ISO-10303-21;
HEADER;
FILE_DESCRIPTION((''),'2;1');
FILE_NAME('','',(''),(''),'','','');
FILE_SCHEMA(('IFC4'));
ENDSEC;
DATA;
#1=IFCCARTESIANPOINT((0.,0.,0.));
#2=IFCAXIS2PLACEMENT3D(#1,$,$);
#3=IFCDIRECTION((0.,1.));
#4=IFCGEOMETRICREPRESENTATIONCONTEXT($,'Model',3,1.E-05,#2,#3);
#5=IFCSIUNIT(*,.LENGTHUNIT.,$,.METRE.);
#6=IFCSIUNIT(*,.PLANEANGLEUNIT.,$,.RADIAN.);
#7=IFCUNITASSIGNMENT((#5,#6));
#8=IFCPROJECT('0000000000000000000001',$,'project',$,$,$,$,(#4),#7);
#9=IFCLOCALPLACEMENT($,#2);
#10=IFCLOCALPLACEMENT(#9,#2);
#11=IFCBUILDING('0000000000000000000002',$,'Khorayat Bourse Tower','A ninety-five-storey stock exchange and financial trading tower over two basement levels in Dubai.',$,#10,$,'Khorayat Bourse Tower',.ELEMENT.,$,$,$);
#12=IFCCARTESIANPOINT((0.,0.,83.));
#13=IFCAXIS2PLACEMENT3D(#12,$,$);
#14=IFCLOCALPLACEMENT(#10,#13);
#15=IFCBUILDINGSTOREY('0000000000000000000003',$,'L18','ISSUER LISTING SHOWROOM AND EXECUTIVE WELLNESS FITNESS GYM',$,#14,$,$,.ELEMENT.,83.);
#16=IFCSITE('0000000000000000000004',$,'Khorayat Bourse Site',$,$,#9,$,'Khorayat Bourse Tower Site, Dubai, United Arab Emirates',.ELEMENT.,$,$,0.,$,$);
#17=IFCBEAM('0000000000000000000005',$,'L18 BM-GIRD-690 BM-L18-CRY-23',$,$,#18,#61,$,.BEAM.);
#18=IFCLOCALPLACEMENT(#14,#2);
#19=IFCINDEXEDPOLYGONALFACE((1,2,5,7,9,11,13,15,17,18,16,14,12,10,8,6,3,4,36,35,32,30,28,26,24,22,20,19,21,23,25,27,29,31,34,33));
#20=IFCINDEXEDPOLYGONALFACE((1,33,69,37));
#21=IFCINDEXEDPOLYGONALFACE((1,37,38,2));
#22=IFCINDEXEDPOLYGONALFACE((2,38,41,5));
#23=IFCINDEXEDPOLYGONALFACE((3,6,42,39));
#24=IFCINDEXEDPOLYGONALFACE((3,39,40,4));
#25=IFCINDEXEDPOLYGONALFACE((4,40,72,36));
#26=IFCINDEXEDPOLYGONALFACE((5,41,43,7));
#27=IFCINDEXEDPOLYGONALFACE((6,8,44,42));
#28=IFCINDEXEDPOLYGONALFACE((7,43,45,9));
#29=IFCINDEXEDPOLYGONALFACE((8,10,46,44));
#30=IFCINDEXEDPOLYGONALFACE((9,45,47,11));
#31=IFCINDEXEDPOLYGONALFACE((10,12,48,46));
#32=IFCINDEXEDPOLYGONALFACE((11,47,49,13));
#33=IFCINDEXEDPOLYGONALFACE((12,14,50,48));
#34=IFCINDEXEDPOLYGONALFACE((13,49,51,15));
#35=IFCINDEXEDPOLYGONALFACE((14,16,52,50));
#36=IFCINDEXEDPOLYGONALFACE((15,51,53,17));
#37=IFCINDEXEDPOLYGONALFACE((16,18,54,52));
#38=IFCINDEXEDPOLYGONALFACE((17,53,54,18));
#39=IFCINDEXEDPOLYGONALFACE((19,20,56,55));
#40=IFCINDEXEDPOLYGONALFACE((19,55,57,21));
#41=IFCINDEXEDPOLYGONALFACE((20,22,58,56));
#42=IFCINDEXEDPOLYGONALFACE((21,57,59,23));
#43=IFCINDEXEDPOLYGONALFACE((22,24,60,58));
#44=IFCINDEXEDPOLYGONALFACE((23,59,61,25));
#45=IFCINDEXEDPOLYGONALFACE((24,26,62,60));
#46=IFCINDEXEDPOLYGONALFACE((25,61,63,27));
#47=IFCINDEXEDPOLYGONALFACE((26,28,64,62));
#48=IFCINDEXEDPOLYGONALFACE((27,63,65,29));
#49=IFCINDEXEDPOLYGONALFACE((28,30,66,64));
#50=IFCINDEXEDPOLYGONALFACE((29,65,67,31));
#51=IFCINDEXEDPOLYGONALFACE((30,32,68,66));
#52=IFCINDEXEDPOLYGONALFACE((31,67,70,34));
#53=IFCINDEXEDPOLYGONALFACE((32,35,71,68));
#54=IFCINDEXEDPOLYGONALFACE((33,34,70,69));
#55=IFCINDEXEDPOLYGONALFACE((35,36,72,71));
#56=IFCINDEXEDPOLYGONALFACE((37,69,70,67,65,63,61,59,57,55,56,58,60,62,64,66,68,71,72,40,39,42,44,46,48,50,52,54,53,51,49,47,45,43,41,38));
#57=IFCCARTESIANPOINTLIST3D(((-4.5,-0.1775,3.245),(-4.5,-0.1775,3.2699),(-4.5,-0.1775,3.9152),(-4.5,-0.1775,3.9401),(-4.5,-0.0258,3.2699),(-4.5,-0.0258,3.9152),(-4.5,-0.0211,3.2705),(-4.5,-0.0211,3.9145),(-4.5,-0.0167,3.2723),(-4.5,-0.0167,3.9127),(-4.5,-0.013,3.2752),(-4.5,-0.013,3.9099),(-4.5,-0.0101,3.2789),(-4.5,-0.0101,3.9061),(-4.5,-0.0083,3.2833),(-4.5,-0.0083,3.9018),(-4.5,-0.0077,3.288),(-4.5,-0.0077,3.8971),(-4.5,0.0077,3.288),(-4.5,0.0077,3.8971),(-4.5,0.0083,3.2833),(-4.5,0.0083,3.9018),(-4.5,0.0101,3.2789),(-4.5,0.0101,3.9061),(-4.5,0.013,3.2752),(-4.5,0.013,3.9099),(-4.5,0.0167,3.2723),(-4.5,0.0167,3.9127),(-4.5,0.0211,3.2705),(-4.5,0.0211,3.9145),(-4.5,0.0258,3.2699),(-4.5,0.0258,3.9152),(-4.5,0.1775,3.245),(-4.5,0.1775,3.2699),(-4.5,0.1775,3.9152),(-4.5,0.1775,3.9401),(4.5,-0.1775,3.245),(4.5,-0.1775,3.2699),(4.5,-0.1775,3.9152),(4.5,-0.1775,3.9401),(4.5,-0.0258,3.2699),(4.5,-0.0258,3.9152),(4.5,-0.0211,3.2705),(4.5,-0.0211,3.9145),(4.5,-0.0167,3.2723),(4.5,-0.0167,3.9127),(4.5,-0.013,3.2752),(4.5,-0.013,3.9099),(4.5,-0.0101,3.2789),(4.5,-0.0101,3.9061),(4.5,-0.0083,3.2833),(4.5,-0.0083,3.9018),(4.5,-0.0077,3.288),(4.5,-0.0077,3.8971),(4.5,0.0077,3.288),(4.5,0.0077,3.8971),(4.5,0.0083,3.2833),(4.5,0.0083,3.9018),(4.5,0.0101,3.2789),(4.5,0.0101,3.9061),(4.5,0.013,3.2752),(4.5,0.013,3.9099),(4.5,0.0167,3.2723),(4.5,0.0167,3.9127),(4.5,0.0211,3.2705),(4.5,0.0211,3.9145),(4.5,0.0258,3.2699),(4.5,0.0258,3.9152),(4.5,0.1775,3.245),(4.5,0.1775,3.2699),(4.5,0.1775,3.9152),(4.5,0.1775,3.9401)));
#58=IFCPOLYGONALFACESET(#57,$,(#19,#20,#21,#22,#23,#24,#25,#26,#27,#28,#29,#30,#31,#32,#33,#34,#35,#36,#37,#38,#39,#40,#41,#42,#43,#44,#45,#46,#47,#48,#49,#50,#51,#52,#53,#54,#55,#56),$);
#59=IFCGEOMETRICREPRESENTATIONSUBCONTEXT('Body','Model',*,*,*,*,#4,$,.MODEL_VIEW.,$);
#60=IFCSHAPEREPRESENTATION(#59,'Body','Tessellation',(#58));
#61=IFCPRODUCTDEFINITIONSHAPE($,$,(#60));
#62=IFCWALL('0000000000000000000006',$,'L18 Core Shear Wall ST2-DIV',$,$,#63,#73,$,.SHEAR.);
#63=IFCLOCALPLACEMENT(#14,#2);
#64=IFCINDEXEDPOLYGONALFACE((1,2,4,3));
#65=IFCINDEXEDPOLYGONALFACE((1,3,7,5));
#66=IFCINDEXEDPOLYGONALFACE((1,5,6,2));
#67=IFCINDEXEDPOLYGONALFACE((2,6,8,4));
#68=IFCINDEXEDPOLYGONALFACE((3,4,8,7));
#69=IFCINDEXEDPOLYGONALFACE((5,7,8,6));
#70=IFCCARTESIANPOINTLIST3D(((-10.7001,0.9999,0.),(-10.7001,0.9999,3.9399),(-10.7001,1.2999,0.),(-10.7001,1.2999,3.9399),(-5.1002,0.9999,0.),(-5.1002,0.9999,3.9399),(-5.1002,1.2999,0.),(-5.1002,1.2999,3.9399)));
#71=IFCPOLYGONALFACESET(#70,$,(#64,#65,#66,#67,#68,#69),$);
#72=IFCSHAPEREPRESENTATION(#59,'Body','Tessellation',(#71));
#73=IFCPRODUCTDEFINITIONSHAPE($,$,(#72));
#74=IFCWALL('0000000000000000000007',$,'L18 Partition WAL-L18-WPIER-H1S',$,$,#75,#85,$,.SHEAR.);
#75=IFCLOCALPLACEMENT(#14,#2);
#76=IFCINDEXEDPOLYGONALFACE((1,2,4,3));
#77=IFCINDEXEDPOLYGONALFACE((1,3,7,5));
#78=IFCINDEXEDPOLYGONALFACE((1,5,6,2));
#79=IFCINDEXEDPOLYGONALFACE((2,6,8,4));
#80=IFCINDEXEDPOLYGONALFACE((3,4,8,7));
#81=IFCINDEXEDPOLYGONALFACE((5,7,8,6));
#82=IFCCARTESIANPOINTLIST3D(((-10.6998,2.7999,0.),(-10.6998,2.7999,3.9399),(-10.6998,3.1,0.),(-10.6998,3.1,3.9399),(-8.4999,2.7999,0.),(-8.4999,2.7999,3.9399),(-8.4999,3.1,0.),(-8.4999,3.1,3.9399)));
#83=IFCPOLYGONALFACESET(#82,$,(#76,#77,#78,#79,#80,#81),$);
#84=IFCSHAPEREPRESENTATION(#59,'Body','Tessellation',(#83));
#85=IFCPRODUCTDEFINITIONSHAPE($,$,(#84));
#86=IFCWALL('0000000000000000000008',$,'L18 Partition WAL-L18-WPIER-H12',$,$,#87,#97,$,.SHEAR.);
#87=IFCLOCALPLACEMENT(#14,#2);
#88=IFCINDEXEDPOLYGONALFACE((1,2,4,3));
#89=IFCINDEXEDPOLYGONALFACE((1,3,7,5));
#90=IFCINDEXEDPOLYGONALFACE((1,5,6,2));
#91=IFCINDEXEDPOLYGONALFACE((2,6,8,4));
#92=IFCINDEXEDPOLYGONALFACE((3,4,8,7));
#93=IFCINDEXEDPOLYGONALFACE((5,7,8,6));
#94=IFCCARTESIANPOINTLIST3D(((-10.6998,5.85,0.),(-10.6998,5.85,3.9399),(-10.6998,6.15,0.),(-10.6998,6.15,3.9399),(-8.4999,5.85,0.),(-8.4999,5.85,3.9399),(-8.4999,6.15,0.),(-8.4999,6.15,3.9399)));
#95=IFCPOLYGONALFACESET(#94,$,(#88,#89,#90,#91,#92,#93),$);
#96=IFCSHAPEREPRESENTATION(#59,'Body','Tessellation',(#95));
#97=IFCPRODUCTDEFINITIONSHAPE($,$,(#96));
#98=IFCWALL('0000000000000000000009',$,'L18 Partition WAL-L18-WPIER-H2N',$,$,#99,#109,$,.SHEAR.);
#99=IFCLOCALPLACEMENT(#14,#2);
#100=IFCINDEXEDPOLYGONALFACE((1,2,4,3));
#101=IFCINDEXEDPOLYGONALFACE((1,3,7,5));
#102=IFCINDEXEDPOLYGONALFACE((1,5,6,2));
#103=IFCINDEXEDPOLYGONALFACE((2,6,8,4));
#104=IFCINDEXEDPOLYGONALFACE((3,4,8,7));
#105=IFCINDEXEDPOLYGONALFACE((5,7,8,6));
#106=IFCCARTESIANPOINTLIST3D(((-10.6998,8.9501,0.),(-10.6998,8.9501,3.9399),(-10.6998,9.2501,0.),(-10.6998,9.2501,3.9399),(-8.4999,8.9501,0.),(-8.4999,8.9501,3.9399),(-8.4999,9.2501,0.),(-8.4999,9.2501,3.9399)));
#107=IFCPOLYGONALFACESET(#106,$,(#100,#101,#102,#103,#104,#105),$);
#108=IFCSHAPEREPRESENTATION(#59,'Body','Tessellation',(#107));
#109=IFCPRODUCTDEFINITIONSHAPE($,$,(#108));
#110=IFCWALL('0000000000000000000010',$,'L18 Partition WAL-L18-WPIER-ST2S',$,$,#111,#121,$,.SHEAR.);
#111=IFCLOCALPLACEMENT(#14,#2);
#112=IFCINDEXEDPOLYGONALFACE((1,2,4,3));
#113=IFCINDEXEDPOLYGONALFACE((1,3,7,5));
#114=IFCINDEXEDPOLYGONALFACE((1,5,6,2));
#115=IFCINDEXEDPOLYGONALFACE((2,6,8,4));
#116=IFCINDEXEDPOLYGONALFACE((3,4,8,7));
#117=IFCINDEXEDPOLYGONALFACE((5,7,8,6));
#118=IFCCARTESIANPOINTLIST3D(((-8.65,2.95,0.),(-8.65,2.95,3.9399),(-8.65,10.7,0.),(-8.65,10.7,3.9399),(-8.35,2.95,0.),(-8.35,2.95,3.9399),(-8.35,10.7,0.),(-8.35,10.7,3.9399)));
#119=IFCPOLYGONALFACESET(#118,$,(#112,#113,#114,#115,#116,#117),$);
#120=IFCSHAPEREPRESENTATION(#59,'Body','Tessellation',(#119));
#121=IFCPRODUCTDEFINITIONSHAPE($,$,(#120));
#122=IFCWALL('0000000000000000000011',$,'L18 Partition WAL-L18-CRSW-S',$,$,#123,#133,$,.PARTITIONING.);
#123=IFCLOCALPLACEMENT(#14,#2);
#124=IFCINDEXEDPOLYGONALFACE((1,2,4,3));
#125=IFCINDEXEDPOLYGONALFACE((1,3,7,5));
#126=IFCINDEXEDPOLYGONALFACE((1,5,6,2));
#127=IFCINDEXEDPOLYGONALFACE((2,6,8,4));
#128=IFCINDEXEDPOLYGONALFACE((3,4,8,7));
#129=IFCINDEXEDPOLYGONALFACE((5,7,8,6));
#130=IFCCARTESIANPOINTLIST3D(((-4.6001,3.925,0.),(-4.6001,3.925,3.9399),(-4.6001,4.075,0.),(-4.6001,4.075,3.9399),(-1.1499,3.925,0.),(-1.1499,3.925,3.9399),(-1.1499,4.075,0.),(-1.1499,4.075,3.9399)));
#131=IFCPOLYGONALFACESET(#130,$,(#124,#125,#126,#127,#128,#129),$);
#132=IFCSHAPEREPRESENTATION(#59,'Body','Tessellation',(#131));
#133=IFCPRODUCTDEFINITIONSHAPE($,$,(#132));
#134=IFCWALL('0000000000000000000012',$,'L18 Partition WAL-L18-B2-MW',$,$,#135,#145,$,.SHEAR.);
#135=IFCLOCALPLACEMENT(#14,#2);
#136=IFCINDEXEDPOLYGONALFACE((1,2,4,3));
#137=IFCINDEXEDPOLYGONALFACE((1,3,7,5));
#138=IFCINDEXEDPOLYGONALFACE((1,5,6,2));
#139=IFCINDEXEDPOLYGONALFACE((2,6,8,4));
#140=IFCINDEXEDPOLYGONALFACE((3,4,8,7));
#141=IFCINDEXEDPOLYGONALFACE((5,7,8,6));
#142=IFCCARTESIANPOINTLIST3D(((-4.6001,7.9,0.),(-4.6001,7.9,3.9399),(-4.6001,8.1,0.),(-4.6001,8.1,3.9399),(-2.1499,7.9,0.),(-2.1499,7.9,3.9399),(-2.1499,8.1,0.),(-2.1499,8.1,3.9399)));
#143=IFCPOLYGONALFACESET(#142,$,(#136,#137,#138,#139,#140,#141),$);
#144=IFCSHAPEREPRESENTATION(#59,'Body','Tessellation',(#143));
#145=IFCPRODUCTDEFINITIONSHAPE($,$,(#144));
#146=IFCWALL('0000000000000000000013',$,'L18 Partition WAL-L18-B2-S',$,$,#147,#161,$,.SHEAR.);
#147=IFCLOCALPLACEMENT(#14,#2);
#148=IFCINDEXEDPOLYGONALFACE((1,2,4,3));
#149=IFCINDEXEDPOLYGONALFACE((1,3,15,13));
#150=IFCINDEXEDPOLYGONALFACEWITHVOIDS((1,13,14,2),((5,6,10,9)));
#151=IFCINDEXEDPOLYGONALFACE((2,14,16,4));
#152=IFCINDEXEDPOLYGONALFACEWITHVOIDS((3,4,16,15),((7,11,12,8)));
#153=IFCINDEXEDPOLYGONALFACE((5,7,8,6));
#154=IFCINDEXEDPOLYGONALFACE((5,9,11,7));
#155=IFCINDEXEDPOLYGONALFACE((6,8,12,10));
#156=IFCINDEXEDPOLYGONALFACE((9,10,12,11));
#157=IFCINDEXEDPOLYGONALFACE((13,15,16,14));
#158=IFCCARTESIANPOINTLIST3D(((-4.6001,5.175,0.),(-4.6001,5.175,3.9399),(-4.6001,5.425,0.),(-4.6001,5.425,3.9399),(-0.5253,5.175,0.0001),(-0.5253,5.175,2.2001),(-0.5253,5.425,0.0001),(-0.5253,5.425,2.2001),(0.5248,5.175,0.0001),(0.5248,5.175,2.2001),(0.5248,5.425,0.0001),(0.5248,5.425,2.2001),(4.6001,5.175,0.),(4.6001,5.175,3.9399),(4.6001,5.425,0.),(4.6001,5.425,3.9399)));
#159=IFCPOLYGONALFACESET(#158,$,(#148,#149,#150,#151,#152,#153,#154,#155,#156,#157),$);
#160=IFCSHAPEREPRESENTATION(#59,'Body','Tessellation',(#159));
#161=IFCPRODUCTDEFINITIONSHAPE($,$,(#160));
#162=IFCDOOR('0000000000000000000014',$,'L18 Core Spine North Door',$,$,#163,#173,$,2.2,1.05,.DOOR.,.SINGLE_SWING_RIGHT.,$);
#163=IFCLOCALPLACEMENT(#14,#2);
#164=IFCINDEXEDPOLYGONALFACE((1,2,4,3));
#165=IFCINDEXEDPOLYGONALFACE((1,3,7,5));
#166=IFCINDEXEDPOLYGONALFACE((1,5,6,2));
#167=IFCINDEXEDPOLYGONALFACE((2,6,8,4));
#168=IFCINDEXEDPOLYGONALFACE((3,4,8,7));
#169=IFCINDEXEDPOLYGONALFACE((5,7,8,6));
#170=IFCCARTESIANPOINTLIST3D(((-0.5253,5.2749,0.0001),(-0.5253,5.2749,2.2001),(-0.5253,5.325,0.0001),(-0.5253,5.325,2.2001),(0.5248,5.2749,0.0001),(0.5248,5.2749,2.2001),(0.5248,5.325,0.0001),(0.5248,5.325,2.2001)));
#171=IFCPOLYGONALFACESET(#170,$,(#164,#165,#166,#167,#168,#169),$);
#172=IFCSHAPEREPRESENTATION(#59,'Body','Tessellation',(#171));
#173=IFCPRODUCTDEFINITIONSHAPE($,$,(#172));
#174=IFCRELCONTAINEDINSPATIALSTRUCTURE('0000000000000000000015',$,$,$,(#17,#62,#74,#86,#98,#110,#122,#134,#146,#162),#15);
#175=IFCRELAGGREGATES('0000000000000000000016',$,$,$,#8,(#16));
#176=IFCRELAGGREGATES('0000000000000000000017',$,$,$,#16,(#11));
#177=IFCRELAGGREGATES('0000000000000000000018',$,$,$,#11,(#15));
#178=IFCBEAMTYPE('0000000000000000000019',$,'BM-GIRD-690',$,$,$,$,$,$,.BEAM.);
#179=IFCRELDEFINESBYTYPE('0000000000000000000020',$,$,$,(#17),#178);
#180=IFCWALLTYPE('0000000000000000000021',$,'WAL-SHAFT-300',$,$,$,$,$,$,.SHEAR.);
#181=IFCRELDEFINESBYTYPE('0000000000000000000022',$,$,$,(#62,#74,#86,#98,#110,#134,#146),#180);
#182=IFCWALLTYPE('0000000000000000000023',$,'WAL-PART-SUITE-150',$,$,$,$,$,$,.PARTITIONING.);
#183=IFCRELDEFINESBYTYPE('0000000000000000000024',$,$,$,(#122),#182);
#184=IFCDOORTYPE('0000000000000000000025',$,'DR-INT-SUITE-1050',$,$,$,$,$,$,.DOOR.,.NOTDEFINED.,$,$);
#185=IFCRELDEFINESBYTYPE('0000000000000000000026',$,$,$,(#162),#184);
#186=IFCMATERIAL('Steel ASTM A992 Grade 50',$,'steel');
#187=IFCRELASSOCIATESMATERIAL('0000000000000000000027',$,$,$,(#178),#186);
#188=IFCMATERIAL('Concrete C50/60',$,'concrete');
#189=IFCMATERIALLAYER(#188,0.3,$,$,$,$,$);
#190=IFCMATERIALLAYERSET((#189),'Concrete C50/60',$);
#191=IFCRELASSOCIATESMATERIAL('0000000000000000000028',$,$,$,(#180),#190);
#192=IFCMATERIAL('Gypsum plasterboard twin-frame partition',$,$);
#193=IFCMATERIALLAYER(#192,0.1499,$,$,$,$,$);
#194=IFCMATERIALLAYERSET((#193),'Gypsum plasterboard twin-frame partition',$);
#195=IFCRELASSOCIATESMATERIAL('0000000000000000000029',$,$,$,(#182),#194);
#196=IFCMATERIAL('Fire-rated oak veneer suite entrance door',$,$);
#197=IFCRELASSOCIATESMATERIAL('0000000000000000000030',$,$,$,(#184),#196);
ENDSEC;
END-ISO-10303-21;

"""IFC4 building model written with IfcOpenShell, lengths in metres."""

from ifc_helpers import new_model, si_unit, direction, frame, frame_2d, origin, origin_2d, place, context, subcontext, project, spatial, rectangle, i_section, extrude, source, transform, mapped, material, layer, layer_set, material_profile, profile_set, type_object, element, fill, save


model = new_model("IFC4")

# Units and contexts
model_context = context("Model", 3, precision=1e-05, world=origin(), true_north=direction((0.0, 1.0)))
body_context = subcontext(model_context, "Body", "Model", "MODEL_VIEW")
ifc_project = project(units=[si_unit("LENGTHUNIT", "METRE"), si_unit("PLANEANGLEUNIT", "RADIAN")], contexts=[model_context])

# Site, building, storey
site_placement = place(None, origin())
site = spatial("IfcSite", under=ifc_project, at=site_placement, Name="Khorayat Bourse Site", LongName="Khorayat Bourse Tower Site, Dubai, United Arab Emirates", CompositionType="ELEMENT", RefElevation=0.0)
building_placement = place(site_placement, origin())
building = spatial("IfcBuilding", under=site, at=building_placement, Name="Khorayat Bourse Tower", Description="A ninety-five-storey stock exchange and financial trading tower over two basement levels in Dubai.", LongName="Khorayat Bourse Tower", CompositionType="ELEMENT")
storey_placement = place(building_placement, frame((0.0, 0.0, 83.0)))
storey = spatial("IfcBuildingStorey", under=building, at=storey_placement, Name="L18", Description="ISSUER LISTING SHOWROOM AND EXECUTIVE WELLNESS FITNESS GYM", CompositionType="ELEMENT", Elevation=83.0)

# Beam
ifc_material_1 = material(Name="Steel ASTM A992 Grade 50", Category="steel")
ifc_material_profile_1 = material_profile(ifc_material_1, i_section(OverallWidth=0.355, OverallDepth=0.6951, WebThickness=0.0154, FlangeThickness=0.0249, FilletRadius=0.0181, at=origin_2d()), Name="W690X217")
ifc_profile_set_1 = profile_set([ifc_material_profile_1], Name="Steel ASTM A992 Grade 50")
beam_type_1 = type_object("IfcBeamType", Name="BM-GIRD-690", PredefinedType="BEAM", material=ifc_profile_set_1)
shared_shape_1 = source(origin(), body_context, "Body", "SweptSolid", [
    extrude(i_section(OverallWidth=0.355, OverallDepth=0.6951, WebThickness=0.0154, FlangeThickness=0.0249, FilletRadius=0.0181, at=origin_2d()), origin(), (0.0, 0.0, 1.0), 9.0),
])
beam_1_placement = place(storey_placement, frame((-4.5, 0.0, 3.5925), z_axis=(1.0, 0.0, 0.0), x_axis=(0.0, 1.0, 0.0)))
element("IfcBeam", 1, at=beam_1_placement, inside=storey, type_object=beam_type_1, Name="L18 BM-GIRD-690 BM-L18-CRY-23", PredefinedType="BEAM", context=body_context, shape_type="MappedRepresentation", body=[
    mapped(shared_shape_1, transform((0.0, 0.0, 0.0), scale=1.0)),
])

# Walls
ifc_material_2 = material(Name="Concrete C50/60", Category="concrete")
ifc_layer_1 = layer(ifc_material_2, 0.3)
ifc_layer_set_1 = layer_set([ifc_layer_1], Name="Concrete C50/60")
wall_type_1 = type_object("IfcWallType", Name="WAL-SHAFT-300", PredefinedType="SHEAR", material=ifc_layer_set_1)
shared_shape_2 = source(origin(), body_context, "Body", "SweptSolid", [
    extrude(rectangle(XDim=5.5999, YDim=0.3, at=frame_2d((2.7998, 0.0))), origin(), (0.0, 0.0, 1.0), 3.9399),
])
wall_1_placement = place(storey_placement, frame((-10.7, 1.1499, 0.0), z_axis=(0.0, 0.0, 1.0), x_axis=(1.0, 0.0, 0.0)))
element("IfcWall", 2, at=wall_1_placement, inside=storey, type_object=wall_type_1, Name="L18 Core Shear Wall ST2-DIV", PredefinedType="SHEAR", context=body_context, shape_type="MappedRepresentation", body=[
    mapped(shared_shape_2, transform((0.0, 0.0, 0.0), scale=1.0)),
])
shared_shape_3 = source(origin(), body_context, "Body", "SweptSolid", [
    extrude(rectangle(XDim=2.2, YDim=0.3, at=frame_2d((1.1001, 0.0))), origin(), (0.0, 0.0, 1.0), 3.9399),
])
for number, where, z_axis, x_axis, name in (
    (3, (-10.7, 2.95, 0.0), (0.0, 0.0, 1.0), (1.0, 0.0, 0.0), "L18 Partition WAL-L18-WPIER-H1S"),
    (4, (-10.7, 6.0, 0.0), (0.0, 0.0, 1.0), (1.0, 0.0, 0.0), "L18 Partition WAL-L18-WPIER-H12"),
    (5, (-10.7, 9.1001, 0.0), (0.0, 0.0, 1.0), (1.0, 0.0, 0.0), "L18 Partition WAL-L18-WPIER-H2N"),
):
    element("IfcWall", number, at=place(storey_placement, frame(where, z_axis=z_axis, x_axis=x_axis)), inside=storey, type_object=wall_type_1, Name=name, PredefinedType="SHEAR", context=body_context, shape_type="MappedRepresentation", body=[
        mapped(shared_shape_3, transform((0.0, 0.0, 0.0), scale=1.0)),
    ])
shared_shape_4 = source(origin(), body_context, "Body", "SweptSolid", [
    extrude(rectangle(XDim=7.75, YDim=0.3, at=frame_2d((3.875, 0.0))), origin(), (0.0, 0.0, 1.0), 3.9399),
])
wall_2_placement = place(storey_placement, frame((-8.5, 2.95, 0.0), z_axis=(0.0, 0.0, 1.0), x_axis=(0.0, 1.0, 0.0)))
element("IfcWall", 6, at=wall_2_placement, inside=storey, type_object=wall_type_1, Name="L18 Partition WAL-L18-WPIER-ST2S", PredefinedType="SHEAR", context=body_context, shape_type="MappedRepresentation", body=[
    mapped(shared_shape_4, transform((0.0, 0.0, 0.0), scale=1.0)),
])
ifc_material_3 = material(Name="Gypsum plasterboard twin-frame partition")
ifc_layer_2 = layer(ifc_material_3, 0.1499)
ifc_layer_set_2 = layer_set([ifc_layer_2], Name="Gypsum plasterboard twin-frame partition")
wall_type_2 = type_object("IfcWallType", Name="WAL-PART-SUITE-150", PredefinedType="PARTITIONING", material=ifc_layer_set_2)
shared_shape_5 = source(origin(), body_context, "Body", "SweptSolid", [
    extrude(rectangle(XDim=3.4502, YDim=0.1499, at=frame_2d((1.7251, 0.0))), origin(), (0.0, 0.0, 1.0), 3.9399),
])
wall_3_placement = place(storey_placement, frame((-4.6001, 4.0, 0.0), z_axis=(0.0, 0.0, 1.0), x_axis=(1.0, 0.0, 0.0)))
element("IfcWall", 7, at=wall_3_placement, inside=storey, type_object=wall_type_2, Name="L18 Partition WAL-L18-CRSW-S", PredefinedType="PARTITIONING", context=body_context, shape_type="MappedRepresentation", body=[
    mapped(shared_shape_5, transform((0.0, 0.0, 0.0), scale=1.0)),
])
shared_shape_6 = source(origin(), body_context, "Body", "SweptSolid", [
    extrude(rectangle(XDim=2.4502, YDim=0.2, at=frame_2d((1.2251, 0.0))), origin(), (0.0, 0.0, 1.0), 3.9399),
])
wall_4_placement = place(storey_placement, frame((-4.6001, 8.0, 0.0), z_axis=(0.0, 0.0, 1.0), x_axis=(1.0, 0.0, 0.0)))
element("IfcWall", 8, at=wall_4_placement, inside=storey, type_object=wall_type_1, Name="L18 Partition WAL-L18-B2-MW", PredefinedType="SHEAR", context=body_context, shape_type="MappedRepresentation", body=[
    mapped(shared_shape_6, transform((0.0, 0.0, 0.0), scale=1.0)),
])

# Wall, opening, door
shared_shape_7 = source(origin(), body_context, "Body", "SweptSolid", [
    extrude(rectangle(XDim=9.2002, YDim=0.25, at=frame_2d((4.6001, 0.0))), origin(), (0.0, 0.0, 1.0), 3.9399),
])
wall_5_placement = place(storey_placement, frame((-4.6001, 5.3, 0.0), z_axis=(0.0, 0.0, 1.0), x_axis=(1.0, 0.0, 0.0)))
wall_5 = element("IfcWall", 9, at=wall_5_placement, inside=storey, type_object=wall_type_1, Name="L18 Partition WAL-L18-B2-S", PredefinedType="SHEAR", context=body_context, shape_type="MappedRepresentation", body=[
    mapped(shared_shape_7, transform((0.0, 0.0, 0.0), scale=1.0)),
])
shared_shape_8 = source(origin(), body_context, "Body", "SweptSolid", [
    extrude(rectangle(XDim=1.05, YDim=2.2, at=frame_2d((0.5249, 1.1001))), frame((0.0, 0.135, 0.0), z_axis=(0.0, -1.0, 0.0), x_axis=(1.0, 0.0, 0.0)), (0.0, 0.0, 1.0), 0.27),
])
opening_placement = place(wall_5_placement, frame((4.075, 0.0, 0.0)))
opening = element("IfcOpeningElement", 10, at=opening_placement, cuts=wall_5, PredefinedType="OPENING", context=body_context, shape_type="MappedRepresentation", body=[
    mapped(shared_shape_8, transform((0.0, 0.0, 0.0), scale=1.0)),
])
ifc_material_4 = material(Name="Fire-rated oak veneer suite entrance door")
door_type = type_object("IfcDoorType", Name="DR-INT-SUITE-1050", OperationType="NOTDEFINED", PredefinedType="DOOR", material=ifc_material_4)
shared_shape_9 = source(origin(), body_context, "Body", "SweptSolid", [
    extrude(rectangle(XDim=1.05, YDim=2.2, at=frame_2d((0.5249, 1.1001))), frame((0.0, 0.0249, 0.0), z_axis=(0.0, -1.0, 0.0), x_axis=(1.0, 0.0, 0.0)), (0.0, 0.0, 1.0), 0.05),
])
door_placement = place(opening_placement, origin())
door = element("IfcDoor", 11, at=door_placement, inside=storey, type_object=door_type, Name="L18 Core Spine North Door", OperationType="SINGLE_SWING_RIGHT", OverallHeight=2.2, OverallWidth=1.05, PredefinedType="DOOR", context=body_context, shape_type="MappedRepresentation", body=[
    mapped(shared_shape_9, transform((0.0, 0.0, 0.0), scale=1.0)),
])
fill(opening, door)

save(model, "model.ifc")
